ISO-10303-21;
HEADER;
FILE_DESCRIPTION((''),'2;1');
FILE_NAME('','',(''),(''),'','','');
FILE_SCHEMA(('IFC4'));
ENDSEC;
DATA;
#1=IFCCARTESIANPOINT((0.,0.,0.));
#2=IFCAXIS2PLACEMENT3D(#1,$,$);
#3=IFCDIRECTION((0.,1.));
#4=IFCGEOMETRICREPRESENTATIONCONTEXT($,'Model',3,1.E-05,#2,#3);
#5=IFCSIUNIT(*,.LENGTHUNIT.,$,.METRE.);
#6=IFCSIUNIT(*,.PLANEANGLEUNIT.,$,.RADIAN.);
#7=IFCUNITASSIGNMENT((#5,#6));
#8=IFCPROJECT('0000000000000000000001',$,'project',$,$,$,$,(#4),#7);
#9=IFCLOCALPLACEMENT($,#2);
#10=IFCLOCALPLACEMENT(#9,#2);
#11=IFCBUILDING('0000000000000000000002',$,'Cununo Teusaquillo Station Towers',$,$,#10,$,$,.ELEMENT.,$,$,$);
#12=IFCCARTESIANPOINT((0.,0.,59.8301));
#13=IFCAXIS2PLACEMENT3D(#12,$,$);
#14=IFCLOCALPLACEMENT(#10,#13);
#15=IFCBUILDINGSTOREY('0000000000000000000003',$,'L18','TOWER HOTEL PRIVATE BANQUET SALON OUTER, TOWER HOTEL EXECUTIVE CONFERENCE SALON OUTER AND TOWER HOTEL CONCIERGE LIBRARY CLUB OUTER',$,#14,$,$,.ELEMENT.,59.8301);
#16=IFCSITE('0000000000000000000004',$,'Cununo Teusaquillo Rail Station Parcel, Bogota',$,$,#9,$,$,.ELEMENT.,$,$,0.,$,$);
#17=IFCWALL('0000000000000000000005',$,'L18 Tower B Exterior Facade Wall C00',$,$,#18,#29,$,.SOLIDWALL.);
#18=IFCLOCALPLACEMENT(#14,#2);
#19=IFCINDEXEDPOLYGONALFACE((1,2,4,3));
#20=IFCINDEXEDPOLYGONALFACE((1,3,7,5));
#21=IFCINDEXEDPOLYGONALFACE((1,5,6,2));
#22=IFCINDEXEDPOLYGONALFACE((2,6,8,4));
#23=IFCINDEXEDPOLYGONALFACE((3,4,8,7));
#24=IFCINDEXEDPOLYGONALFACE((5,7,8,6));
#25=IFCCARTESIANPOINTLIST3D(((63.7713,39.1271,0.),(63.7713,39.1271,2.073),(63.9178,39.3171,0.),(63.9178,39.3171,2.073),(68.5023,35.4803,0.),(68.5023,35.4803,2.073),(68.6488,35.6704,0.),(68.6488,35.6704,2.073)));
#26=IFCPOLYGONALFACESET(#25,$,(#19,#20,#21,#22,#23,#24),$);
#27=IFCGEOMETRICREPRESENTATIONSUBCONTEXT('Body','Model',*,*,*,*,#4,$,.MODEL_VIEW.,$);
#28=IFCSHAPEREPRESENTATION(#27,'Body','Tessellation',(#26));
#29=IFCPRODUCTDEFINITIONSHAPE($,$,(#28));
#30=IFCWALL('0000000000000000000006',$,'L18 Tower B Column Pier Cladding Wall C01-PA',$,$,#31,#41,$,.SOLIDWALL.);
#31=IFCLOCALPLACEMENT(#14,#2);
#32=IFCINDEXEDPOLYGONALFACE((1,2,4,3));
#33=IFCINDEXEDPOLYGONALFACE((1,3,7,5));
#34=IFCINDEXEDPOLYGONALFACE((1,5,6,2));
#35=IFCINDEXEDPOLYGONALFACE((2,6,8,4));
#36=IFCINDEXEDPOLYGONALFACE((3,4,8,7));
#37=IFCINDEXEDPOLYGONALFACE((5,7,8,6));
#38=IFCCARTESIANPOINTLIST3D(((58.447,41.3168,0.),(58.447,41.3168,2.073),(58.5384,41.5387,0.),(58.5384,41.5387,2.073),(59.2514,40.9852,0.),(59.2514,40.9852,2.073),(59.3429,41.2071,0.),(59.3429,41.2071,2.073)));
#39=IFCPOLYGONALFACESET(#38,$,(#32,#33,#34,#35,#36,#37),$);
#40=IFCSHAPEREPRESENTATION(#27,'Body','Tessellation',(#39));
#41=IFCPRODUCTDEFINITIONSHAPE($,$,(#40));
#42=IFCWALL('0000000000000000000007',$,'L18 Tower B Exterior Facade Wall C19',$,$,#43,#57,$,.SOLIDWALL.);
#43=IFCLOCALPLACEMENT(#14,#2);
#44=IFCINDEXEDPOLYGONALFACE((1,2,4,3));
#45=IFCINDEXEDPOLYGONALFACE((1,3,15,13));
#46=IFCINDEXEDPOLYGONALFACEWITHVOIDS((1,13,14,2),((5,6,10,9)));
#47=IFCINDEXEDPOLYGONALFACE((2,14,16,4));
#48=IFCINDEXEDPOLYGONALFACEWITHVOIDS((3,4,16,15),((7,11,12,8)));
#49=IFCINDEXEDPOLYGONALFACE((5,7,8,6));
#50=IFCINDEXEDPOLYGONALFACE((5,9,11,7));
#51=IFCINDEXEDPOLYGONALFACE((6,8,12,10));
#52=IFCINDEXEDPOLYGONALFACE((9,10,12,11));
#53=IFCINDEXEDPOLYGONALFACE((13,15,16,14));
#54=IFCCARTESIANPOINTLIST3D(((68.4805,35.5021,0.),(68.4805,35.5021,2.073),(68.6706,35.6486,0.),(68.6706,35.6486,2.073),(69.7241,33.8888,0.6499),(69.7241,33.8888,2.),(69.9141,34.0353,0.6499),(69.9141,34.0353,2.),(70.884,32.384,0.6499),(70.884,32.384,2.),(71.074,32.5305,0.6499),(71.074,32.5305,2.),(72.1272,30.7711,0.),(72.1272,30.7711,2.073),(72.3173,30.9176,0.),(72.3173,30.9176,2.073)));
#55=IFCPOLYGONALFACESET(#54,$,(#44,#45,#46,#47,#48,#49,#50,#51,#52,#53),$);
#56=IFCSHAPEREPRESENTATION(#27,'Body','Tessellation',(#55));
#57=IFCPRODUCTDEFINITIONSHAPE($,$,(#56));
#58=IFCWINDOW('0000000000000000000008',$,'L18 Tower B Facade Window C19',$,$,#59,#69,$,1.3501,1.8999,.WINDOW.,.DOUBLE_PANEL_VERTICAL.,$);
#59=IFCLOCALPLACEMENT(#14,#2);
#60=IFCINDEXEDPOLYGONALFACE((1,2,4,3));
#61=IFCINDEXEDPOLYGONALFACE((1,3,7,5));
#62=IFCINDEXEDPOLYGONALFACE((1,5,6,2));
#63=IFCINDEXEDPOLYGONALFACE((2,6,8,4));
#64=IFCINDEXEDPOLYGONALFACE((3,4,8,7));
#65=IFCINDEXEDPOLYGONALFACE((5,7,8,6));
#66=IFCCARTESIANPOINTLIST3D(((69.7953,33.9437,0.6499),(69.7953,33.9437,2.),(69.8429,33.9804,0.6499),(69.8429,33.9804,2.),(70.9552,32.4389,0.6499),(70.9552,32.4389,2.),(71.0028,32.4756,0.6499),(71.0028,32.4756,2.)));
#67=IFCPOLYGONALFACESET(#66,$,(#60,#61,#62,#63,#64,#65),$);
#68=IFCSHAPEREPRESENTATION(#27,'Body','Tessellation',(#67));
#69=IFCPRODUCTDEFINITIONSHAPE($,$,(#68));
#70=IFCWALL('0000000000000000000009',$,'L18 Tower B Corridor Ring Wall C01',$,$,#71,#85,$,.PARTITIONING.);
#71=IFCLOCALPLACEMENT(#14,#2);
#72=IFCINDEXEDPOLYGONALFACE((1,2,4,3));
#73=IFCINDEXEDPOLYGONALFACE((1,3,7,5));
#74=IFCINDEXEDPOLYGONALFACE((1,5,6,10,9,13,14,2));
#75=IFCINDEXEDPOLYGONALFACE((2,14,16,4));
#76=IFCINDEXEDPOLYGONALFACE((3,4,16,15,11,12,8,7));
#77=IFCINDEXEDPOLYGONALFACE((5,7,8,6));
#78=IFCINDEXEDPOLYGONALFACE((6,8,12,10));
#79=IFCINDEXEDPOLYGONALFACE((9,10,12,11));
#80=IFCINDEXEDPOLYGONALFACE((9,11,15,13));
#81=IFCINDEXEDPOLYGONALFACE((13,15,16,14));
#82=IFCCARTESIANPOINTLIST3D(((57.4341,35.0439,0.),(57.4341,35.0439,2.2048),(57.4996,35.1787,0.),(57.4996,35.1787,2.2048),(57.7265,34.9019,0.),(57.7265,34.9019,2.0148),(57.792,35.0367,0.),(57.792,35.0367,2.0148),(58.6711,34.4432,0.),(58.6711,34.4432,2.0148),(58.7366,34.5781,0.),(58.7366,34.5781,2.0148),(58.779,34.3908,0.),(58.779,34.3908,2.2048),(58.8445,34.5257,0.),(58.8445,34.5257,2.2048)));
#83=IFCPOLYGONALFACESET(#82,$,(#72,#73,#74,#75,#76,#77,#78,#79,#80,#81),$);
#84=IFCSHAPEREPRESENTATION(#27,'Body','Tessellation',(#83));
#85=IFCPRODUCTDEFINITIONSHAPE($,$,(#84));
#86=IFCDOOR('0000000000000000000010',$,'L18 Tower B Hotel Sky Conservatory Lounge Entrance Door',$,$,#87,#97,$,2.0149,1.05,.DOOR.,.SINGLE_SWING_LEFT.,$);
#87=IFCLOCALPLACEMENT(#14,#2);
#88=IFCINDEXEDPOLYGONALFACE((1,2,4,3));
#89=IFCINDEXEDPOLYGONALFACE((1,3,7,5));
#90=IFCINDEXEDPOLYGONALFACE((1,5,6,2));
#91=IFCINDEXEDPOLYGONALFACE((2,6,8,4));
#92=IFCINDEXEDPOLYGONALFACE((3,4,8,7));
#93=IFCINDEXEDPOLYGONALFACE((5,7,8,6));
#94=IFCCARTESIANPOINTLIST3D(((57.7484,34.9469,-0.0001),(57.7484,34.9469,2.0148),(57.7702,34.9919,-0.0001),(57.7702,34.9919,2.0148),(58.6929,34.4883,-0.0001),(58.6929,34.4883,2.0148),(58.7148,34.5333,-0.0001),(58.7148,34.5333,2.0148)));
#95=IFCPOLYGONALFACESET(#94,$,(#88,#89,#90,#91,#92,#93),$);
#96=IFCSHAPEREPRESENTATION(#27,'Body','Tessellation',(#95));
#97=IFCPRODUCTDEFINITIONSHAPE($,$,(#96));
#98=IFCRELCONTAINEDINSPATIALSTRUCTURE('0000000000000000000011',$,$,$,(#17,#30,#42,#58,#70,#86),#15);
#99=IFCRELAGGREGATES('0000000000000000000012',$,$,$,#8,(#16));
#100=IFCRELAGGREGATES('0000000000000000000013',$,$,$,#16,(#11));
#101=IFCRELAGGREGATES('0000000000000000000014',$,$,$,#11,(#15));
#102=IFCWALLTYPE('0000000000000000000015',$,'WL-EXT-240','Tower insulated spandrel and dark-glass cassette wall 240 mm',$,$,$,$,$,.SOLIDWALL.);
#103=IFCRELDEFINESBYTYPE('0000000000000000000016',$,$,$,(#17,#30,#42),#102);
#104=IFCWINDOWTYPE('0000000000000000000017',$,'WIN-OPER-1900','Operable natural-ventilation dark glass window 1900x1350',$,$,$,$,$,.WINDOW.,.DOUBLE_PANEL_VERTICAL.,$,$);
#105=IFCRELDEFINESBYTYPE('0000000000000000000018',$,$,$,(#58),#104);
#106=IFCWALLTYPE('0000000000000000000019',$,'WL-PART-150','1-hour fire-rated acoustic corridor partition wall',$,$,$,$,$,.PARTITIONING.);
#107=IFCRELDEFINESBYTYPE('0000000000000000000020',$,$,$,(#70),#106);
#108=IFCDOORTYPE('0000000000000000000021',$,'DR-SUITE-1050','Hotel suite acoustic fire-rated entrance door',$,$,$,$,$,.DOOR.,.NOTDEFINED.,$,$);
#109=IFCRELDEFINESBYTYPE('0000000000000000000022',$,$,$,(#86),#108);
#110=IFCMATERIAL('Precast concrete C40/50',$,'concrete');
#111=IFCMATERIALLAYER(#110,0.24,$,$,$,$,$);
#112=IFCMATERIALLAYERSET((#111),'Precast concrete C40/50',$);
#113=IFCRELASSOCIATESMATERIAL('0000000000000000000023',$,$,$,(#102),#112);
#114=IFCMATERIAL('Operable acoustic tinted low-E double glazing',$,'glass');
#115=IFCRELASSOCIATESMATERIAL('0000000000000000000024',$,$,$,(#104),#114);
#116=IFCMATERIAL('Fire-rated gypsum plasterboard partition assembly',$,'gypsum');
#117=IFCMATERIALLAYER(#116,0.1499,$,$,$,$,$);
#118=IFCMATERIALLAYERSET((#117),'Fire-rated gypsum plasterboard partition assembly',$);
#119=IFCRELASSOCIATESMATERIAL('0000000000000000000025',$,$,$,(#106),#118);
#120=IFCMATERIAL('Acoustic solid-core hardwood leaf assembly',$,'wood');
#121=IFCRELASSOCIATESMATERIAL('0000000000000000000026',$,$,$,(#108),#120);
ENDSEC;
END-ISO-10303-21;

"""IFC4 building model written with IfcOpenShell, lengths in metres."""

from ifc_helpers import new_model, si_unit, direction, frame, frame_2d, origin, place, context, subcontext, project, spatial, rectangle, extrude, source, transform, mapped, material, layer, layer_set, type_object, element, fill, save


model = new_model("IFC4")

# Units and contexts
model_context = context("Model", 3, precision=1e-05, world=origin(), true_north=direction((0.0, 1.0)))
body_context = subcontext(model_context, "Body", "Model", "MODEL_VIEW")
ifc_project = project(units=[si_unit("LENGTHUNIT", "METRE"), si_unit("PLANEANGLEUNIT", "RADIAN")], contexts=[model_context])

# Site, building, storey
site_placement = place(None, origin())
site = spatial("IfcSite", under=ifc_project, at=site_placement, Name="Cununo Teusaquillo Rail Station Parcel, Bogota", CompositionType="ELEMENT", RefElevation=0.0)
building_placement = place(site_placement, origin())
building = spatial("IfcBuilding", under=site, at=building_placement, Name="Cununo Teusaquillo Station Towers", CompositionType="ELEMENT")
storey_placement = place(building_placement, frame((0.0, 0.0, 59.8301)))
storey = spatial("IfcBuildingStorey", under=building, at=storey_placement, Name="L18", Description="TOWER HOTEL PRIVATE BANQUET SALON OUTER, TOWER HOTEL EXECUTIVE CONFERENCE SALON OUTER AND TOWER HOTEL CONCIERGE LIBRARY CLUB OUTER", CompositionType="ELEMENT", Elevation=59.8301)

# Walls
ifc_material_1 = material(Name="Precast concrete C40/50", Category="concrete")
ifc_layer_1 = layer(ifc_material_1, 0.24)
ifc_layer_set_1 = layer_set([ifc_layer_1], Name="Precast concrete C40/50")
wall_type_1 = type_object("IfcWallType", Name="WL-EXT-240", Description="Tower insulated spandrel and dark-glass cassette wall 240 mm", PredefinedType="SOLIDWALL", material=ifc_layer_set_1)
wall_1_placement = place(storey_placement, frame((63.8445, 39.2222, 0.0), z_axis=(0.0, 0.0, 1.0), x_axis=(0.792014, -0.610503, 0.0)))
element("IfcWall", 1, at=wall_1_placement, inside=storey, type_object=wall_type_1, Name="L18 Tower B Exterior Facade Wall C00", PredefinedType="SOLIDWALL", context=body_context, shape_type="SweptSolid", body=[
    extrude(rectangle(XDim=5.9734, YDim=0.24, at=frame_2d((2.9868, 0.0))), origin(), (0.0, 0.0, 1.0), 2.073),
])
wall_2_placement = place(storey_placement, frame((58.4927, 41.4277, 0.0), z_axis=(0.0, 0.0, 1.0), x_axis=(0.924556, -0.381046, 0.0)))
element("IfcWall", 2, at=wall_2_placement, inside=storey, type_object=wall_type_1, Name="L18 Tower B Column Pier Cladding Wall C01-PA", PredefinedType="SOLIDWALL", context=body_context, shape_type="SweptSolid", body=[
    extrude(rectangle(XDim=0.8701, YDim=0.24, at=frame_2d((0.4351, 0.0))), origin(), (0.0, 0.0, 1.0), 2.073),
])

# Wall, opening, window
wall_3_placement = place(storey_placement, frame((68.5754, 35.5754, 0.0), z_axis=(0.0, 0.0, 1.0), x_axis=(0.610503, -0.792014, 0.0)))
wall_3 = element("IfcWall", 3, at=wall_3_placement, inside=storey, type_object=wall_type_1, Name="L18 Tower B Exterior Facade Wall C19", PredefinedType="SOLIDWALL", context=body_context, shape_type="SweptSolid", body=[
    extrude(rectangle(XDim=5.9734, YDim=0.24, at=frame_2d((2.9868, 0.0))), origin(), (0.0, 0.0, 1.0), 2.073),
])
shared_shape_1 = source(origin(), body_context, "Body", "SweptSolid", [
    extrude(rectangle(XDim=1.8999, YDim=1.3501, at=frame_2d((0.95, 0.675))), frame((0.0, 0.1299, 0.0), z_axis=(0.0, -1.0, 0.0), x_axis=(1.0, 0.0, 0.0)), (0.0, 0.0, 1.0), 0.26),
])
opening_1_placement = place(wall_3_placement, frame((2.0371, 0.0, 0.6499)))
opening_1 = element("IfcOpeningElement", 4, at=opening_1_placement, cuts=wall_3, PredefinedType="OPENING", context=body_context, shape_type="MappedRepresentation", body=[
    mapped(shared_shape_1, transform((0.0, 0.0, 0.0), x_axis=(1.0, 0.0, 0.0), y_axis=(0.0, 1.0, 0.0), z_axis=(0.0, 0.0, 1.0), scale=1.0)),
])
ifc_material_2 = material(Name="Operable acoustic tinted low-E double glazing", Category="glass")
window_type = type_object("IfcWindowType", Name="WIN-OPER-1900", Description="Operable natural-ventilation dark glass window 1900x1350", PartitioningType="DOUBLE_PANEL_VERTICAL", PredefinedType="WINDOW", material=ifc_material_2)
shared_shape_2 = source(origin(), body_context, "Body", "SweptSolid", [
    extrude(rectangle(XDim=1.8999, YDim=1.3501, at=frame_2d((0.95, 0.675))), frame((0.0, 0.03, 0.0), z_axis=(0.0, -1.0, 0.0), x_axis=(1.0, 0.0, 0.0)), (0.0, 0.0, 1.0), 0.0601),
])
window_placement = place(opening_1_placement, origin())
window = element("IfcWindow", 5, at=window_placement, inside=storey, type_object=window_type, Name="L18 Tower B Facade Window C19", OverallHeight=1.3501, OverallWidth=1.8999, PartitioningType="DOUBLE_PANEL_VERTICAL", PredefinedType="WINDOW", context=body_context, shape_type="MappedRepresentation", body=[
    mapped(shared_shape_2, transform((0.0, 0.0, 0.0), x_axis=(1.0, 0.0, 0.0), y_axis=(0.0, 1.0, 0.0), z_axis=(0.0, 0.0, 1.0), scale=1.0)),
])
fill(opening_1, window)

# Wall, opening, door
ifc_material_3 = material(Name="Fire-rated gypsum plasterboard partition assembly", Category="gypsum")
ifc_layer_2 = layer(ifc_material_3, 0.1499)
ifc_layer_set_2 = layer_set([ifc_layer_2], Name="Fire-rated gypsum plasterboard partition assembly")
wall_type_2 = type_object("IfcWallType", Name="WL-PART-150", Description="1-hour fire-rated acoustic corridor partition wall", PredefinedType="PARTITIONING", material=ifc_layer_set_2)
wall_4_placement = place(storey_placement, frame((58.8118, 34.4583, 0.0), z_axis=(0.0, 0.0, 1.0), x_axis=(-0.899559, 0.436798, 0.0)))
wall_4 = element("IfcWall", 6, at=wall_4_placement, inside=storey, type_object=wall_type_2, Name="L18 Tower B Corridor Ring Wall C01", PredefinedType="PARTITIONING", context=body_context, shape_type="SweptSolid", body=[
    extrude(rectangle(XDim=1.4951, YDim=0.1499, at=frame_2d((0.7476, 0.0))), origin(), (0.0, 0.0, 1.0), 2.2048),
])
shared_shape_3 = source(origin(), body_context, "Body", "SweptSolid", [
    extrude(rectangle(XDim=1.05, YDim=2.0149, at=frame_2d((0.5249, 1.0073))), frame((0.0, 0.085, 0.0), z_axis=(0.0, -1.0, 0.0), x_axis=(1.0, 0.0, 0.0)), (0.0, 0.0, 1.0), 0.1699),
])
opening_2_placement = place(wall_4_placement, frame((0.1201, 0.0, 0.0)))
opening_2 = element("IfcOpeningElement", 7, at=opening_2_placement, cuts=wall_4, PredefinedType="OPENING", context=body_context, shape_type="MappedRepresentation", body=[
    mapped(shared_shape_3, transform((0.0, 0.0, 0.0), x_axis=(1.0, 0.0, 0.0), y_axis=(0.0, 1.0, 0.0), z_axis=(0.0, 0.0, 1.0), scale=1.0)),
])
ifc_material_4 = material(Name="Acoustic solid-core hardwood leaf assembly", Category="wood")
door_type = type_object("IfcDoorType", Name="DR-SUITE-1050", Description="Hotel suite acoustic fire-rated entrance door", OperationType="NOTDEFINED", PredefinedType="DOOR", material=ifc_material_4)
shared_shape_4 = source(origin(), body_context, "Body", "SweptSolid", [
    extrude(rectangle(XDim=1.05, YDim=2.0149, at=frame_2d((0.5249, 1.0073))), frame((0.0, 0.0249, 0.0), z_axis=(0.0, -1.0, 0.0), x_axis=(1.0, 0.0, 0.0)), (0.0, 0.0, 1.0), 0.05),
])
door_placement = place(opening_2_placement, origin())
door = element("IfcDoor", 8, at=door_placement, inside=storey, type_object=door_type, Name="L18 Tower B Hotel Sky Conservatory Lounge Entrance Door", OperationType="SINGLE_SWING_LEFT", OverallHeight=2.0149, OverallWidth=1.05, PredefinedType="DOOR", context=body_context, shape_type="MappedRepresentation", body=[
    mapped(shared_shape_4, transform((0.0, 0.0, 0.0), x_axis=(1.0, 0.0, 0.0), y_axis=(0.0, 1.0, 0.0), z_axis=(0.0, 0.0, 1.0), scale=1.0)),
])
fill(opening_2, door)

save(model, "model.ifc")
